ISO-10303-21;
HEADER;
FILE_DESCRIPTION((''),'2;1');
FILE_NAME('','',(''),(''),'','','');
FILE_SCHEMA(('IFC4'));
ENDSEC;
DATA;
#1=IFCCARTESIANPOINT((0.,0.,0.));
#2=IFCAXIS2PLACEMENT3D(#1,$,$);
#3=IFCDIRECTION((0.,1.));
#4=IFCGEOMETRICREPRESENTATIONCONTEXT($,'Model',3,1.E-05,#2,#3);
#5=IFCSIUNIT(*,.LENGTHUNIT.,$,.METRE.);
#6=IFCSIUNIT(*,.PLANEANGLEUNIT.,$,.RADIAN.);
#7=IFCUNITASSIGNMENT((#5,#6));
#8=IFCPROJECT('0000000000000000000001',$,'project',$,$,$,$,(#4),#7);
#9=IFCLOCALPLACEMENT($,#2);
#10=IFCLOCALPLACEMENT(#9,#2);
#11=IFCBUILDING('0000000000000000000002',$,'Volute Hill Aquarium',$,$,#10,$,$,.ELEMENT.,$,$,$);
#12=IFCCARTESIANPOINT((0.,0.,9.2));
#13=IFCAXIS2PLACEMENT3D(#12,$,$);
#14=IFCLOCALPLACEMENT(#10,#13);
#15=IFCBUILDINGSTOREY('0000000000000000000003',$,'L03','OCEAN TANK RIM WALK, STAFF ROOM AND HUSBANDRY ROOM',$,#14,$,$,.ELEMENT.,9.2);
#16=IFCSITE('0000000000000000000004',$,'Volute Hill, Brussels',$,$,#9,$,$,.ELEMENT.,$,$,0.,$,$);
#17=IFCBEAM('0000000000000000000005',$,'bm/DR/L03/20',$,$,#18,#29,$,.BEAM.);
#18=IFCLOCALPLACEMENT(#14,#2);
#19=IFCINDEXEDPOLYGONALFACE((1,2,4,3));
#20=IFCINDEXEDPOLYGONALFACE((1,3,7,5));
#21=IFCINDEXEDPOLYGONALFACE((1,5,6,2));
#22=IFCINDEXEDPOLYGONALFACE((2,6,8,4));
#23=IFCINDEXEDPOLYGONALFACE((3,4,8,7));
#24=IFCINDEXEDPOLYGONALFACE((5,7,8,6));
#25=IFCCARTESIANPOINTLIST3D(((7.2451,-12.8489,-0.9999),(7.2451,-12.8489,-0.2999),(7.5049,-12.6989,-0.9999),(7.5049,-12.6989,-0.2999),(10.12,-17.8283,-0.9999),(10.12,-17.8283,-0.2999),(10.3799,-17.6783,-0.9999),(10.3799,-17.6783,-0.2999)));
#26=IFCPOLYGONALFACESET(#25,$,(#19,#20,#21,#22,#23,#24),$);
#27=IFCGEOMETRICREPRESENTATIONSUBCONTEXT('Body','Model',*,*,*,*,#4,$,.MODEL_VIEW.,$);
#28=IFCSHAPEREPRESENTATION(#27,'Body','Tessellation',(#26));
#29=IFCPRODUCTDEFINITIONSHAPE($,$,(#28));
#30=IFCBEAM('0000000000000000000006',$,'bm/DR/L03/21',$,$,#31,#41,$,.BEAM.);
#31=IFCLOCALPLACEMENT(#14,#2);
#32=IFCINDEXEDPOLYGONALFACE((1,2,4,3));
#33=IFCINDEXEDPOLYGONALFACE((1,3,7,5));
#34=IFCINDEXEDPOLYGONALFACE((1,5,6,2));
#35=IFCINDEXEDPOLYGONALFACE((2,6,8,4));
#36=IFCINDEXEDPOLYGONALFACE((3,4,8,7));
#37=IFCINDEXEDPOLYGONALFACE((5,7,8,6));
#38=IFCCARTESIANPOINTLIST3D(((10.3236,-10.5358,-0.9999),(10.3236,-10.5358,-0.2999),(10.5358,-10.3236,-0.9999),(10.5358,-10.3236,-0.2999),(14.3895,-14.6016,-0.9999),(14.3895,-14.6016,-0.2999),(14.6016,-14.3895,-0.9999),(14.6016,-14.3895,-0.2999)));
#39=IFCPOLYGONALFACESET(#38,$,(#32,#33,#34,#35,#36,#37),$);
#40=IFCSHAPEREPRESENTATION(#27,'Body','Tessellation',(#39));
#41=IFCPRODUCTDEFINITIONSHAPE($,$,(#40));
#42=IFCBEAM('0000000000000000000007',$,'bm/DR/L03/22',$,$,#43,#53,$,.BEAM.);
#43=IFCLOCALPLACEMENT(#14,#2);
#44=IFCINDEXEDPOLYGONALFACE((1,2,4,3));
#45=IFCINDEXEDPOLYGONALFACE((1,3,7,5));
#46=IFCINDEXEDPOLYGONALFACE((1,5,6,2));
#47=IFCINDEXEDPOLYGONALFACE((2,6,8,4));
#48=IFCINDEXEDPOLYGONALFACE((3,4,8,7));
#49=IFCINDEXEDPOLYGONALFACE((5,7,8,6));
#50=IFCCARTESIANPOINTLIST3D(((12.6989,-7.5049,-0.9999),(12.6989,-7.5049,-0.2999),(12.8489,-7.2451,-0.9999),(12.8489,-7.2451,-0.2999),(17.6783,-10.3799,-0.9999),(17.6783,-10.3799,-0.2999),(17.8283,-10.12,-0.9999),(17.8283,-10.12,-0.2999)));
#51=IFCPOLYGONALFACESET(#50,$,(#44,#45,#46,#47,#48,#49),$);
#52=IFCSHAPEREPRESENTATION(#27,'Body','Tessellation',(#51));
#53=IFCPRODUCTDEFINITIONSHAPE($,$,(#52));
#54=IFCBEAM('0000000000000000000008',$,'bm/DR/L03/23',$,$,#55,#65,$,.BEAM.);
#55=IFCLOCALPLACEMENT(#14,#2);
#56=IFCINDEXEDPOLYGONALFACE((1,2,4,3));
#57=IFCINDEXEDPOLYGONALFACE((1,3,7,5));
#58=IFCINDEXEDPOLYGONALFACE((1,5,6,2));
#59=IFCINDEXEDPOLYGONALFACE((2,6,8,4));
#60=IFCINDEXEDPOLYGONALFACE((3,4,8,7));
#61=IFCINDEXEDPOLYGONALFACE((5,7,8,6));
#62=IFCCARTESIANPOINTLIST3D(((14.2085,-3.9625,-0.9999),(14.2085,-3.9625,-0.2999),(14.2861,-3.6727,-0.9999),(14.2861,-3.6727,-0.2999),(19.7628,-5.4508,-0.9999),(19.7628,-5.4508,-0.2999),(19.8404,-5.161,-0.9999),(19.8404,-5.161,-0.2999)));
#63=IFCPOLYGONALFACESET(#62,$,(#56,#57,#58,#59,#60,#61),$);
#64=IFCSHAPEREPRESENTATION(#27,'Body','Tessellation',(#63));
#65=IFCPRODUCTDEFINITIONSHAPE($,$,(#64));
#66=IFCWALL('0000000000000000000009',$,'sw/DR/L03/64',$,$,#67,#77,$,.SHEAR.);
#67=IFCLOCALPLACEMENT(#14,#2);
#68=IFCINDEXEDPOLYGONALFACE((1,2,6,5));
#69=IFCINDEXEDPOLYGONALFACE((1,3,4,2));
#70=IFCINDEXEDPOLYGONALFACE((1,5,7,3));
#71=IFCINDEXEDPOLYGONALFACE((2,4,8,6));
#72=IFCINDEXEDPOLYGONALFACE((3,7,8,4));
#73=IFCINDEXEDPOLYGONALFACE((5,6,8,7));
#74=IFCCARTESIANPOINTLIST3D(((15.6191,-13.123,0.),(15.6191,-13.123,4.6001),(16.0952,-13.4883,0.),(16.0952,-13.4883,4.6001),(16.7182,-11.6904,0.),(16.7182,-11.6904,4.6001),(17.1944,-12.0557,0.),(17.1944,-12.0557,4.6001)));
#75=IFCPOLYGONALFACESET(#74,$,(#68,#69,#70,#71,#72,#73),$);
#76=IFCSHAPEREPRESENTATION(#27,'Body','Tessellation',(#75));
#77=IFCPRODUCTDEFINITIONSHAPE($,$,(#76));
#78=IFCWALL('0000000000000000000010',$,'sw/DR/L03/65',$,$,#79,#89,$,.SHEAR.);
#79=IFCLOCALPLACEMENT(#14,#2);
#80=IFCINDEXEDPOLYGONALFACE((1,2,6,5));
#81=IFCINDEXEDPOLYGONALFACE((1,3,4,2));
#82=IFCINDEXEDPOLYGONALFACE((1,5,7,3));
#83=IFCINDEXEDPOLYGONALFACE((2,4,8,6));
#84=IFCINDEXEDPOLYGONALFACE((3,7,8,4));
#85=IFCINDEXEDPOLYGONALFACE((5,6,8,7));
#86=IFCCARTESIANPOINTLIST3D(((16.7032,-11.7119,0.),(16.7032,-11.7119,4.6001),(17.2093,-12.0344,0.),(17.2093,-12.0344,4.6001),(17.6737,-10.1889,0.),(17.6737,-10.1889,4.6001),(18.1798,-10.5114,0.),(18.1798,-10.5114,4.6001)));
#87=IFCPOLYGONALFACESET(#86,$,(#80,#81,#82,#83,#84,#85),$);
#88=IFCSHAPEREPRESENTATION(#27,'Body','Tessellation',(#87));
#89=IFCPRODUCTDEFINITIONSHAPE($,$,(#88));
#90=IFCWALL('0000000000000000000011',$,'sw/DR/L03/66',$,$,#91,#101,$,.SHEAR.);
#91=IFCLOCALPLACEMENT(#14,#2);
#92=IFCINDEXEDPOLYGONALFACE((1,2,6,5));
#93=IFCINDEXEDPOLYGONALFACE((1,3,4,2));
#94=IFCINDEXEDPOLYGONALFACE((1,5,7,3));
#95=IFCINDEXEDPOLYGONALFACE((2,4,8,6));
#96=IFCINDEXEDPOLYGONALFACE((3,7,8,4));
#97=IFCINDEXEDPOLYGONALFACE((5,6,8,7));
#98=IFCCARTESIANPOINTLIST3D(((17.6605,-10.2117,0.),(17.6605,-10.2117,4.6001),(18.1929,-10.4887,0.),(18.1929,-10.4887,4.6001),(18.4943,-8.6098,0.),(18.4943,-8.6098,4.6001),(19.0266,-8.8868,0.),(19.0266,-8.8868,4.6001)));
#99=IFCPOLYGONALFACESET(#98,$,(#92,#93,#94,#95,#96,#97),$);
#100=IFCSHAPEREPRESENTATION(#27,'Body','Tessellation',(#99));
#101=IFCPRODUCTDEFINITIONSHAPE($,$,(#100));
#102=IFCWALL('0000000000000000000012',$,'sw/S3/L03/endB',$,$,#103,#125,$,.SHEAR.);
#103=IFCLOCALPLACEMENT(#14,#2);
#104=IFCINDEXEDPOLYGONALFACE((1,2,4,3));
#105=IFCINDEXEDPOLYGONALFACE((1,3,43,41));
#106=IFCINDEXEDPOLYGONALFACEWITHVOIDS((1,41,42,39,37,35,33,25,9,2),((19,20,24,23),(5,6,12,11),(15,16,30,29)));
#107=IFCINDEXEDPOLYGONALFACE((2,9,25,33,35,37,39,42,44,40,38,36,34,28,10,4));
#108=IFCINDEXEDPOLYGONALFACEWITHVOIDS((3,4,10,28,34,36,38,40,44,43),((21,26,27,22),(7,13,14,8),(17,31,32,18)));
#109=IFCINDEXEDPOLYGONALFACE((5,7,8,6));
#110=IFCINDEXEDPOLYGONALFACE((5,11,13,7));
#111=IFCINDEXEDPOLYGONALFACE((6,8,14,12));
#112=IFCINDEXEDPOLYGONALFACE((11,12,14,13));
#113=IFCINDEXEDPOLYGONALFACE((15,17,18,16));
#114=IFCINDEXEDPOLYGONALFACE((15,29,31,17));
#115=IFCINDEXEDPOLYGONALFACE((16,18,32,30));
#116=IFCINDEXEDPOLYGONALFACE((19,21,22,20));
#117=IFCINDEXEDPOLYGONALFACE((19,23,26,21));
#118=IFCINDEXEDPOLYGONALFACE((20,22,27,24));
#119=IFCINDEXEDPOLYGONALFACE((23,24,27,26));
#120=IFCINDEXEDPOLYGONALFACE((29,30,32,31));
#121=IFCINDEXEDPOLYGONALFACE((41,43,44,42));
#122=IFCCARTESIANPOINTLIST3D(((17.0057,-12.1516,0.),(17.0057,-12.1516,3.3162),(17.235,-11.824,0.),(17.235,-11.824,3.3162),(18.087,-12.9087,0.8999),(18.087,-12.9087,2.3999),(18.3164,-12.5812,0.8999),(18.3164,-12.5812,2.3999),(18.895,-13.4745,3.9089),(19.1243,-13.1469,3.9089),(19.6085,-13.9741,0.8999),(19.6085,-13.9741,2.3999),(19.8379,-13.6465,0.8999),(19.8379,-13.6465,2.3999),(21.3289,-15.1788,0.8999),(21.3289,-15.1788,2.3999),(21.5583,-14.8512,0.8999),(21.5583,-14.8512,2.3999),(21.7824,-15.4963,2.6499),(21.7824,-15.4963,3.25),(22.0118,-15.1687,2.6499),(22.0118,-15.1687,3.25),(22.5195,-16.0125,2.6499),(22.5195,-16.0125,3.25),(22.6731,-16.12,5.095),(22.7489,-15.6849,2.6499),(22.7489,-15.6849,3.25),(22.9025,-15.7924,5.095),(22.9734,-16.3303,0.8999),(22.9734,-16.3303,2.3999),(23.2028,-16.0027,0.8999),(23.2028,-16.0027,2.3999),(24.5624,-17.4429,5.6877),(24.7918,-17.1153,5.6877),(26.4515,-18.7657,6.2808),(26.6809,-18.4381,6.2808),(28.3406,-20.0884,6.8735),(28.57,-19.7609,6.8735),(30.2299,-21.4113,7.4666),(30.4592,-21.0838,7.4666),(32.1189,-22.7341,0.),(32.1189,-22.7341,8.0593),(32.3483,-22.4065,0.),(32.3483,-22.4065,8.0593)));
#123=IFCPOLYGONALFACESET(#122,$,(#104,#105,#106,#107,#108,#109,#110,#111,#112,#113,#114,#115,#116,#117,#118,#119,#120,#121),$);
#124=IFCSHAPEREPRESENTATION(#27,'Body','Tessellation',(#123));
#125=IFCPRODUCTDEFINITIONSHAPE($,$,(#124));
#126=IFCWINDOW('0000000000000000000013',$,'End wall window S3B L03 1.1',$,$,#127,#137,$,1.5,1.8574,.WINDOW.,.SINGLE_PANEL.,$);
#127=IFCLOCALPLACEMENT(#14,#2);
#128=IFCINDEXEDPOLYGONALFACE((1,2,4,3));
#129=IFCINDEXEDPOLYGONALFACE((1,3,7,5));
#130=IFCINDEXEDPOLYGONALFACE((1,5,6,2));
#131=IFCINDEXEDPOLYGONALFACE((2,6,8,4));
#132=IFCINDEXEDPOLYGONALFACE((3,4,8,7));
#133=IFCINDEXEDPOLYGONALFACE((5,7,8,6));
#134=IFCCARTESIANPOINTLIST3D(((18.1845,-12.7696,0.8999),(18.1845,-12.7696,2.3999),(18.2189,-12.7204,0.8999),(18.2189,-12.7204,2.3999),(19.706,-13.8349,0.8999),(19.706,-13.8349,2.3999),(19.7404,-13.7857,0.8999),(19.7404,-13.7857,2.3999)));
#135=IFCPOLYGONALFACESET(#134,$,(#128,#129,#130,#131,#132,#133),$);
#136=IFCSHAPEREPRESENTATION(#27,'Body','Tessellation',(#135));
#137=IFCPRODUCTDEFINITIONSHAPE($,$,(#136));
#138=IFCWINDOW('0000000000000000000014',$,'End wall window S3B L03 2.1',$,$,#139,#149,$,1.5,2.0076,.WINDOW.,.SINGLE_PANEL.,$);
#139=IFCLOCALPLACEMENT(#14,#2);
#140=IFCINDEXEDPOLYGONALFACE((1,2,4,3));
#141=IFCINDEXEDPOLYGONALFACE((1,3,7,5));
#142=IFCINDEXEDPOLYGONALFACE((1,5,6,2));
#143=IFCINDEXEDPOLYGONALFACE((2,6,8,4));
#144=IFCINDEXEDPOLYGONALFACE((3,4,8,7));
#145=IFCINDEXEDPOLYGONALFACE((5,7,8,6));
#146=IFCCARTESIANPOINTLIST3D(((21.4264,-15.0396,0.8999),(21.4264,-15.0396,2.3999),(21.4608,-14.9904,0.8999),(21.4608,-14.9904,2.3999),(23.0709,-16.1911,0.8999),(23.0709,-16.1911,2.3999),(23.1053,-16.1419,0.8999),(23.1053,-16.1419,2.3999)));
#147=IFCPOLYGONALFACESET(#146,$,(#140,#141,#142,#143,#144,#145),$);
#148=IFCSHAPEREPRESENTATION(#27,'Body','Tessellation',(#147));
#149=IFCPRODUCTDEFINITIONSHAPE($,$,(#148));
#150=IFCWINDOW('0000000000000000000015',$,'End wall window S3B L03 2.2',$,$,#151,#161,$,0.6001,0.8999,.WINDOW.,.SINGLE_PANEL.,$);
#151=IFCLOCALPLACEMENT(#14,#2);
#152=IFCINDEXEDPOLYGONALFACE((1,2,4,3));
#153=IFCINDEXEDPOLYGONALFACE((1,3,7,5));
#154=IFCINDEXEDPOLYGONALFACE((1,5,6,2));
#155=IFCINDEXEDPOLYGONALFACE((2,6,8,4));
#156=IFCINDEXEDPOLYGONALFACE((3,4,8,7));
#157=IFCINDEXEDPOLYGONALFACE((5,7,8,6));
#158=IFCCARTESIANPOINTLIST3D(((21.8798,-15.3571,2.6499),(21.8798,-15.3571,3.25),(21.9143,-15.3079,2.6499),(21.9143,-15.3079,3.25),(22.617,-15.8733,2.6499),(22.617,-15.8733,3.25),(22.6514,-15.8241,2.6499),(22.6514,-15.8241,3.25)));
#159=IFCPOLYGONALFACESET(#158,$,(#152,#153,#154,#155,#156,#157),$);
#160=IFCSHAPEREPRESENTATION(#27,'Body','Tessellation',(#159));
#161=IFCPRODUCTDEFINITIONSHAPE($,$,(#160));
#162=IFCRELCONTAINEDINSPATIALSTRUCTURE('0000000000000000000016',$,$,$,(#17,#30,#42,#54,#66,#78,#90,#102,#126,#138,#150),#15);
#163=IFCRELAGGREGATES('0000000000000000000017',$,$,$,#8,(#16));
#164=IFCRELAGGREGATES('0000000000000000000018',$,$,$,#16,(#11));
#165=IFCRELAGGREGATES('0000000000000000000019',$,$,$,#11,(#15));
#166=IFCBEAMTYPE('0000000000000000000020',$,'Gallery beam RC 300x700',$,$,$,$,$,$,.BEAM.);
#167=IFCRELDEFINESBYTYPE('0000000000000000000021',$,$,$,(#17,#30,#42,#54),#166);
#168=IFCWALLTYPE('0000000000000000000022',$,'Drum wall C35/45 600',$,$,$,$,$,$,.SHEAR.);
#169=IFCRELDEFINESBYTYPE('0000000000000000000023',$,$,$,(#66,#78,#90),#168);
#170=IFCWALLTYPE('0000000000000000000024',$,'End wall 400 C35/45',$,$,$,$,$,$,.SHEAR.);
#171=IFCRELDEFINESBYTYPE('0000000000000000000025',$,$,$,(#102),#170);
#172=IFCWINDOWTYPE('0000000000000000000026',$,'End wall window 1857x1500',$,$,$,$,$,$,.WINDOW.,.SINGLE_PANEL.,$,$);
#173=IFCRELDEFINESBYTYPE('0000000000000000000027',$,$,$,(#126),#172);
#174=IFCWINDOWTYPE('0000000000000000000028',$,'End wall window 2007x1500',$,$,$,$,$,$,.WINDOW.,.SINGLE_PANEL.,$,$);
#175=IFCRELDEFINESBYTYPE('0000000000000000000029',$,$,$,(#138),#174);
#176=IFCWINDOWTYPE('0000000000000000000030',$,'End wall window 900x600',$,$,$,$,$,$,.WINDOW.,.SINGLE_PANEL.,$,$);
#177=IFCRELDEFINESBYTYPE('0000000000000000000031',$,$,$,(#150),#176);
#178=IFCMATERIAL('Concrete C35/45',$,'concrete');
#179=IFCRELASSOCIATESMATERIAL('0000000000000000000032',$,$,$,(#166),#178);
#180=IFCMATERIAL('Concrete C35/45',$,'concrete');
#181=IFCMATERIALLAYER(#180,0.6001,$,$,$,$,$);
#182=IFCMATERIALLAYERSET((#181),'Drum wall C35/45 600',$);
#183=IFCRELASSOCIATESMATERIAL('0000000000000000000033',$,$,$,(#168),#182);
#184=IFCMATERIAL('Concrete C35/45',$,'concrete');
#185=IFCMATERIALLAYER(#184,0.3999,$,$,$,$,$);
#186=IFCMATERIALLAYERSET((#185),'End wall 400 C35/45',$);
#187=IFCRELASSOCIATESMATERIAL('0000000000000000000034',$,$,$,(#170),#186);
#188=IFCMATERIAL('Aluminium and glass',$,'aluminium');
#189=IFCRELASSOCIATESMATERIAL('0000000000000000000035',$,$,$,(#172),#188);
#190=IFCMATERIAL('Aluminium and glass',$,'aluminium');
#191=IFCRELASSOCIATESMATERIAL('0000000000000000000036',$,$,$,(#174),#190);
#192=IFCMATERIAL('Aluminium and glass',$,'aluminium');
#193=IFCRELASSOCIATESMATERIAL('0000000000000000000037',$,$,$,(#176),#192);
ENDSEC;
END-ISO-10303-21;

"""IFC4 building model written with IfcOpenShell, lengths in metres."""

from ifc_helpers import new_model, si_unit, direction, frame, frame_2d, origin, origin_2d, place, context, subcontext, project, spatial, polyline, rectangle, outline, extrude, material, layer, layer_set, material_profile, profile_set, type_object, element, fill, save


model = new_model("IFC4")

# Units and contexts
model_context = context("Model", 3, precision=1e-05, world=origin(), true_north=direction((0.0, 1.0)))
body_context = subcontext(model_context, "Body", "Model", "MODEL_VIEW")
ifc_project = project(units=[si_unit("LENGTHUNIT", "METRE"), si_unit("PLANEANGLEUNIT", "RADIAN")], contexts=[model_context])

# Site, building, storey
site_placement = place(None, origin())
site = spatial("IfcSite", under=ifc_project, at=site_placement, Name="Volute Hill, Brussels", CompositionType="ELEMENT", RefElevation=0.0)
building_placement = place(site_placement, origin())
building = spatial("IfcBuilding", under=site, at=building_placement, Name="Volute Hill Aquarium", CompositionType="ELEMENT")
storey_placement = place(building_placement, frame((0.0, 0.0, 9.2)))
storey = spatial("IfcBuildingStorey", under=building, at=storey_placement, Name="L03", Description="OCEAN TANK RIM WALK, STAFF ROOM AND HUSBANDRY ROOM", CompositionType="ELEMENT", Elevation=9.2)

# Beams
ifc_material_1 = material(Name="Concrete C35/45", Category="concrete")
ifc_material_profile = material_profile(ifc_material_1, rectangle(XDim=0.3, YDim=0.7, at=origin_2d()), Name="RC beam 300x700")
ifc_profile_set = profile_set([ifc_material_profile], Name="Concrete C35/45")
beam_type = type_object("IfcBeamType", Name="Gallery beam RC 300x700", PredefinedType="BEAM", material=ifc_profile_set)
beam_1_placement = place(storey_placement, frame((7.375, -12.7739, -0.6499), z_axis=(0.500012, -0.866019, 0.0), x_axis=(0.866019, 0.500012, 0.0)))
element("IfcBeam", 1, at=beam_1_placement, inside=storey, type_object=beam_type, Name="bm/DR/L03/20", PredefinedType="BEAM", context=body_context, shape_type="SweptSolid", body=[
    extrude(rectangle(XDim=0.3, YDim=0.7, at=origin_2d()), origin(), (0.0, 0.0, 1.0), 5.7498),
])
beam_2_placement = place(storey_placement, frame((10.4297, -10.4297, -0.6499), z_axis=(0.707107, -0.707107, 0.0), x_axis=(0.707107, 0.707107, 0.0)))
element("IfcBeam", 2, at=beam_2_placement, inside=storey, type_object=beam_type, Name="bm/DR/L03/21", PredefinedType="BEAM", context=body_context, shape_type="SweptSolid", body=[
    extrude(rectangle(XDim=0.3, YDim=0.7, at=origin_2d()), origin(), (0.0, 0.0, 1.0), 5.75),
])
beam_3_placement = place(storey_placement, frame((12.7739, -7.375, -0.6499), z_axis=(0.866019, -0.500012, 0.0), x_axis=(0.500012, 0.866019, 0.0)))
element("IfcBeam", 3, at=beam_3_placement, inside=storey, type_object=beam_type, Name="bm/DR/L03/22", PredefinedType="BEAM", context=body_context, shape_type="SweptSolid", body=[
    extrude(rectangle(XDim=0.3, YDim=0.7, at=origin_2d()), origin(), (0.0, 0.0, 1.0), 5.7498),
])
beam_4_placement = place(storey_placement, frame((14.2473, -3.8176, -0.6499), z_axis=(0.965924, -0.258825, 0.0), x_axis=(0.258825, 0.965924, 0.0)))
element("IfcBeam", 4, at=beam_4_placement, inside=storey, type_object=beam_type, Name="bm/DR/L03/23", PredefinedType="BEAM", context=body_context, shape_type="SweptSolid", body=[
    extrude(rectangle(XDim=0.3, YDim=0.7, at=origin_2d()), origin(), (0.0, 0.0, 1.0), 5.7502),
])

# Walls
ifc_material_2 = material(Name="Concrete C35/45", Category="concrete")
ifc_layer_1 = layer(ifc_material_2, 0.6001)
ifc_layer_set_1 = layer_set([ifc_layer_1], Name="Drum wall C35/45 600")
wall_type_1 = type_object("IfcWallType", Name="Drum wall C35/45 600", PredefinedType="SHEAR", material=ifc_layer_set_1)
wall_1_placement = place(storey_placement, frame((15.8572, -13.3057, 0.0), z_axis=(0.0, 0.0, 1.0), x_axis=(0.608704, 0.793397, 0.0)))
element("IfcWall", 5, at=wall_1_placement, inside=storey, type_object=wall_type_1, Name="sw/DR/L03/64", PredefinedType="SHEAR", context=body_context, shape_type="SweptSolid", body=[
    extrude(rectangle(XDim=1.8057, YDim=0.6001, at=frame_2d((0.9028, 0.0))), origin(), (0.0, 0.0, 1.0), 4.6001),
])
for number, where, z_axis, x_axis, name in (
    (6, (16.9563, -11.873, 0.0), (0.0, 0.0, 1.0), (0.537392, 0.843333, 0.0), "sw/DR/L03/65"),
    (7, (17.9268, -10.3501, 0.0), (0.0, 0.0, 1.0), (0.461702, 0.887035, 0.0), "sw/DR/L03/66"),
):
    element("IfcWall", number, at=place(storey_placement, frame(where, z_axis=z_axis, x_axis=x_axis)), inside=storey, type_object=wall_type_1, Name=name, PredefinedType="SHEAR", context=body_context, shape_type="SweptSolid", body=[
        extrude(rectangle(XDim=1.8059, YDim=0.6001, at=frame_2d((0.9028, 0.0))), origin(), (0.0, 0.0, 1.0), 4.6001),
    ])

# Wall, openings, windows
ifc_material_3 = material(Name="Concrete C35/45", Category="concrete")
ifc_layer_2 = layer(ifc_material_3, 0.3999)
ifc_layer_set_2 = layer_set([ifc_layer_2], Name="End wall 400 C35/45")
wall_type_2 = type_object("IfcWallType", Name="End wall 400 C35/45", PredefinedType="SHEAR", material=ifc_layer_set_2)
wall_2_placement = place(storey_placement, frame((17.1204, -11.9878, 0.0), z_axis=(0.0, 0.0, 1.0), x_axis=(0.81915, -0.57358, 0.0)))
wall_2 = element("IfcWall", 8, at=wall_2_placement, inside=storey, type_object=wall_type_2, Name="sw/S3/L03/endB", PredefinedType="SHEAR", context=body_context, shape_type="SweptSolid", body=[
    extrude(outline(polyline([(0.0, 0.0), (18.45, 0.0), (18.45, 8.0593), (16.1438, 7.4666), (13.8374, 6.8735), (11.5312, 6.2808), (9.2251, 5.6877), (6.9187, 5.095), (4.6125, 4.502), (2.3064, 3.9089), (0.0, 3.3162), (0.0, 0.0)])), frame((0.0, 0.2, 0.0), z_axis=(0.0, -1.0, 0.0), x_axis=(1.0, 0.0, 0.0)), (0.0, 0.0, 1.0), 0.3999),
])
opening_1_placement = place(wall_2_placement, frame((1.3201, 0.0, 0.8999)))
opening_1 = element("IfcOpeningElement", 9, at=opening_1_placement, cuts=wall_2, PredefinedType="OPENING", context=body_context, shape_type="SweptSolid", body=[
    extrude(rectangle(XDim=1.8574, YDim=1.5, at=frame_2d((0.9287, 0.75))), frame((0.0, 0.21, 0.0), z_axis=(0.0, -1.0, 0.0), x_axis=(1.0, 0.0, 0.0)), (0.0, 0.0, 1.0), 0.4199),
])
opening_2_placement = place(wall_2_placement, frame((5.2776, 0.0, 0.8999)))
opening_2 = element("IfcOpeningElement", 10, at=opening_2_placement, cuts=wall_2, PredefinedType="OPENING", context=body_context, shape_type="SweptSolid", body=[
    extrude(rectangle(XDim=2.0076, YDim=1.5, at=frame_2d((1.0039, 0.75))), frame((0.0, 0.21, 0.0), z_axis=(0.0, -1.0, 0.0), x_axis=(1.0, 0.0, 0.0)), (0.0, 0.0, 1.0), 0.4199),
])
opening_3_placement = place(wall_2_placement, frame((5.8313, 0.0, 2.6499)))
opening_3 = element("IfcOpeningElement", 11, at=opening_3_placement, cuts=wall_2, PredefinedType="OPENING", context=body_context, shape_type="SweptSolid", body=[
    extrude(rectangle(XDim=0.8999, YDim=0.6001, at=frame_2d((0.45, 0.3))), frame((0.0, 0.21, 0.0), z_axis=(0.0, -1.0, 0.0), x_axis=(1.0, 0.0, 0.0)), (0.0, 0.0, 1.0), 0.4199),
])
ifc_material_4 = material(Name="Aluminium and glass", Category="aluminium")
window_type_1 = type_object("IfcWindowType", Name="End wall window 1857x1500", PartitioningType="SINGLE_PANEL", PredefinedType="WINDOW", material=ifc_material_4)
window_1_placement = place(opening_1_placement, origin())
window_1 = element("IfcWindow", 12, at=window_1_placement, inside=storey, type_object=window_type_1, Name="End wall window S3B L03 1.1", OverallHeight=1.5, OverallWidth=1.8574, PartitioningType="SINGLE_PANEL", PredefinedType="WINDOW", context=body_context, shape_type="SweptSolid", body=[
    extrude(rectangle(XDim=1.8574, YDim=1.5, at=frame_2d((0.9287, 0.75))), frame((0.0, 0.03, 0.0), z_axis=(0.0, -1.0, 0.0), x_axis=(1.0, 0.0, 0.0)), (0.0, 0.0, 1.0), 0.0601),
])
fill(opening_1, window_1)
ifc_material_5 = material(Name="Aluminium and glass", Category="aluminium")
window_type_2 = type_object("IfcWindowType", Name="End wall window 2007x1500", PartitioningType="SINGLE_PANEL", PredefinedType="WINDOW", material=ifc_material_5)
window_2_placement = place(opening_2_placement, origin())
window_2 = element("IfcWindow", 13, at=window_2_placement, inside=storey, type_object=window_type_2, Name="End wall window S3B L03 2.1", OverallHeight=1.5, OverallWidth=2.0076, PartitioningType="SINGLE_PANEL", PredefinedType="WINDOW", context=body_context, shape_type="SweptSolid", body=[
    extrude(rectangle(XDim=2.0076, YDim=1.5, at=frame_2d((1.0039, 0.75))), frame((0.0, 0.03, 0.0), z_axis=(0.0, -1.0, 0.0), x_axis=(1.0, 0.0, 0.0)), (0.0, 0.0, 1.0), 0.0601),
])
fill(opening_2, window_2)
ifc_material_6 = material(Name="Aluminium and glass", Category="aluminium")
window_type_3 = type_object("IfcWindowType", Name="End wall window 900x600", PartitioningType="SINGLE_PANEL", PredefinedType="WINDOW", material=ifc_material_6)
window_3_placement = place(opening_3_placement, origin())
window_3 = element("IfcWindow", 14, at=window_3_placement, inside=storey, type_object=window_type_3, Name="End wall window S3B L03 2.2", OverallHeight=0.6001, OverallWidth=0.8999, PartitioningType="SINGLE_PANEL", PredefinedType="WINDOW", context=body_context, shape_type="SweptSolid", body=[
    extrude(rectangle(XDim=0.8999, YDim=0.6001, at=frame_2d((0.45, 0.3))), frame((0.0, 0.03, 0.0), z_axis=(0.0, -1.0, 0.0), x_axis=(1.0, 0.0, 0.0)), (0.0, 0.0, 1.0), 0.0601),
])
fill(opening_3, window_3)

save(model, "model.ifc")
